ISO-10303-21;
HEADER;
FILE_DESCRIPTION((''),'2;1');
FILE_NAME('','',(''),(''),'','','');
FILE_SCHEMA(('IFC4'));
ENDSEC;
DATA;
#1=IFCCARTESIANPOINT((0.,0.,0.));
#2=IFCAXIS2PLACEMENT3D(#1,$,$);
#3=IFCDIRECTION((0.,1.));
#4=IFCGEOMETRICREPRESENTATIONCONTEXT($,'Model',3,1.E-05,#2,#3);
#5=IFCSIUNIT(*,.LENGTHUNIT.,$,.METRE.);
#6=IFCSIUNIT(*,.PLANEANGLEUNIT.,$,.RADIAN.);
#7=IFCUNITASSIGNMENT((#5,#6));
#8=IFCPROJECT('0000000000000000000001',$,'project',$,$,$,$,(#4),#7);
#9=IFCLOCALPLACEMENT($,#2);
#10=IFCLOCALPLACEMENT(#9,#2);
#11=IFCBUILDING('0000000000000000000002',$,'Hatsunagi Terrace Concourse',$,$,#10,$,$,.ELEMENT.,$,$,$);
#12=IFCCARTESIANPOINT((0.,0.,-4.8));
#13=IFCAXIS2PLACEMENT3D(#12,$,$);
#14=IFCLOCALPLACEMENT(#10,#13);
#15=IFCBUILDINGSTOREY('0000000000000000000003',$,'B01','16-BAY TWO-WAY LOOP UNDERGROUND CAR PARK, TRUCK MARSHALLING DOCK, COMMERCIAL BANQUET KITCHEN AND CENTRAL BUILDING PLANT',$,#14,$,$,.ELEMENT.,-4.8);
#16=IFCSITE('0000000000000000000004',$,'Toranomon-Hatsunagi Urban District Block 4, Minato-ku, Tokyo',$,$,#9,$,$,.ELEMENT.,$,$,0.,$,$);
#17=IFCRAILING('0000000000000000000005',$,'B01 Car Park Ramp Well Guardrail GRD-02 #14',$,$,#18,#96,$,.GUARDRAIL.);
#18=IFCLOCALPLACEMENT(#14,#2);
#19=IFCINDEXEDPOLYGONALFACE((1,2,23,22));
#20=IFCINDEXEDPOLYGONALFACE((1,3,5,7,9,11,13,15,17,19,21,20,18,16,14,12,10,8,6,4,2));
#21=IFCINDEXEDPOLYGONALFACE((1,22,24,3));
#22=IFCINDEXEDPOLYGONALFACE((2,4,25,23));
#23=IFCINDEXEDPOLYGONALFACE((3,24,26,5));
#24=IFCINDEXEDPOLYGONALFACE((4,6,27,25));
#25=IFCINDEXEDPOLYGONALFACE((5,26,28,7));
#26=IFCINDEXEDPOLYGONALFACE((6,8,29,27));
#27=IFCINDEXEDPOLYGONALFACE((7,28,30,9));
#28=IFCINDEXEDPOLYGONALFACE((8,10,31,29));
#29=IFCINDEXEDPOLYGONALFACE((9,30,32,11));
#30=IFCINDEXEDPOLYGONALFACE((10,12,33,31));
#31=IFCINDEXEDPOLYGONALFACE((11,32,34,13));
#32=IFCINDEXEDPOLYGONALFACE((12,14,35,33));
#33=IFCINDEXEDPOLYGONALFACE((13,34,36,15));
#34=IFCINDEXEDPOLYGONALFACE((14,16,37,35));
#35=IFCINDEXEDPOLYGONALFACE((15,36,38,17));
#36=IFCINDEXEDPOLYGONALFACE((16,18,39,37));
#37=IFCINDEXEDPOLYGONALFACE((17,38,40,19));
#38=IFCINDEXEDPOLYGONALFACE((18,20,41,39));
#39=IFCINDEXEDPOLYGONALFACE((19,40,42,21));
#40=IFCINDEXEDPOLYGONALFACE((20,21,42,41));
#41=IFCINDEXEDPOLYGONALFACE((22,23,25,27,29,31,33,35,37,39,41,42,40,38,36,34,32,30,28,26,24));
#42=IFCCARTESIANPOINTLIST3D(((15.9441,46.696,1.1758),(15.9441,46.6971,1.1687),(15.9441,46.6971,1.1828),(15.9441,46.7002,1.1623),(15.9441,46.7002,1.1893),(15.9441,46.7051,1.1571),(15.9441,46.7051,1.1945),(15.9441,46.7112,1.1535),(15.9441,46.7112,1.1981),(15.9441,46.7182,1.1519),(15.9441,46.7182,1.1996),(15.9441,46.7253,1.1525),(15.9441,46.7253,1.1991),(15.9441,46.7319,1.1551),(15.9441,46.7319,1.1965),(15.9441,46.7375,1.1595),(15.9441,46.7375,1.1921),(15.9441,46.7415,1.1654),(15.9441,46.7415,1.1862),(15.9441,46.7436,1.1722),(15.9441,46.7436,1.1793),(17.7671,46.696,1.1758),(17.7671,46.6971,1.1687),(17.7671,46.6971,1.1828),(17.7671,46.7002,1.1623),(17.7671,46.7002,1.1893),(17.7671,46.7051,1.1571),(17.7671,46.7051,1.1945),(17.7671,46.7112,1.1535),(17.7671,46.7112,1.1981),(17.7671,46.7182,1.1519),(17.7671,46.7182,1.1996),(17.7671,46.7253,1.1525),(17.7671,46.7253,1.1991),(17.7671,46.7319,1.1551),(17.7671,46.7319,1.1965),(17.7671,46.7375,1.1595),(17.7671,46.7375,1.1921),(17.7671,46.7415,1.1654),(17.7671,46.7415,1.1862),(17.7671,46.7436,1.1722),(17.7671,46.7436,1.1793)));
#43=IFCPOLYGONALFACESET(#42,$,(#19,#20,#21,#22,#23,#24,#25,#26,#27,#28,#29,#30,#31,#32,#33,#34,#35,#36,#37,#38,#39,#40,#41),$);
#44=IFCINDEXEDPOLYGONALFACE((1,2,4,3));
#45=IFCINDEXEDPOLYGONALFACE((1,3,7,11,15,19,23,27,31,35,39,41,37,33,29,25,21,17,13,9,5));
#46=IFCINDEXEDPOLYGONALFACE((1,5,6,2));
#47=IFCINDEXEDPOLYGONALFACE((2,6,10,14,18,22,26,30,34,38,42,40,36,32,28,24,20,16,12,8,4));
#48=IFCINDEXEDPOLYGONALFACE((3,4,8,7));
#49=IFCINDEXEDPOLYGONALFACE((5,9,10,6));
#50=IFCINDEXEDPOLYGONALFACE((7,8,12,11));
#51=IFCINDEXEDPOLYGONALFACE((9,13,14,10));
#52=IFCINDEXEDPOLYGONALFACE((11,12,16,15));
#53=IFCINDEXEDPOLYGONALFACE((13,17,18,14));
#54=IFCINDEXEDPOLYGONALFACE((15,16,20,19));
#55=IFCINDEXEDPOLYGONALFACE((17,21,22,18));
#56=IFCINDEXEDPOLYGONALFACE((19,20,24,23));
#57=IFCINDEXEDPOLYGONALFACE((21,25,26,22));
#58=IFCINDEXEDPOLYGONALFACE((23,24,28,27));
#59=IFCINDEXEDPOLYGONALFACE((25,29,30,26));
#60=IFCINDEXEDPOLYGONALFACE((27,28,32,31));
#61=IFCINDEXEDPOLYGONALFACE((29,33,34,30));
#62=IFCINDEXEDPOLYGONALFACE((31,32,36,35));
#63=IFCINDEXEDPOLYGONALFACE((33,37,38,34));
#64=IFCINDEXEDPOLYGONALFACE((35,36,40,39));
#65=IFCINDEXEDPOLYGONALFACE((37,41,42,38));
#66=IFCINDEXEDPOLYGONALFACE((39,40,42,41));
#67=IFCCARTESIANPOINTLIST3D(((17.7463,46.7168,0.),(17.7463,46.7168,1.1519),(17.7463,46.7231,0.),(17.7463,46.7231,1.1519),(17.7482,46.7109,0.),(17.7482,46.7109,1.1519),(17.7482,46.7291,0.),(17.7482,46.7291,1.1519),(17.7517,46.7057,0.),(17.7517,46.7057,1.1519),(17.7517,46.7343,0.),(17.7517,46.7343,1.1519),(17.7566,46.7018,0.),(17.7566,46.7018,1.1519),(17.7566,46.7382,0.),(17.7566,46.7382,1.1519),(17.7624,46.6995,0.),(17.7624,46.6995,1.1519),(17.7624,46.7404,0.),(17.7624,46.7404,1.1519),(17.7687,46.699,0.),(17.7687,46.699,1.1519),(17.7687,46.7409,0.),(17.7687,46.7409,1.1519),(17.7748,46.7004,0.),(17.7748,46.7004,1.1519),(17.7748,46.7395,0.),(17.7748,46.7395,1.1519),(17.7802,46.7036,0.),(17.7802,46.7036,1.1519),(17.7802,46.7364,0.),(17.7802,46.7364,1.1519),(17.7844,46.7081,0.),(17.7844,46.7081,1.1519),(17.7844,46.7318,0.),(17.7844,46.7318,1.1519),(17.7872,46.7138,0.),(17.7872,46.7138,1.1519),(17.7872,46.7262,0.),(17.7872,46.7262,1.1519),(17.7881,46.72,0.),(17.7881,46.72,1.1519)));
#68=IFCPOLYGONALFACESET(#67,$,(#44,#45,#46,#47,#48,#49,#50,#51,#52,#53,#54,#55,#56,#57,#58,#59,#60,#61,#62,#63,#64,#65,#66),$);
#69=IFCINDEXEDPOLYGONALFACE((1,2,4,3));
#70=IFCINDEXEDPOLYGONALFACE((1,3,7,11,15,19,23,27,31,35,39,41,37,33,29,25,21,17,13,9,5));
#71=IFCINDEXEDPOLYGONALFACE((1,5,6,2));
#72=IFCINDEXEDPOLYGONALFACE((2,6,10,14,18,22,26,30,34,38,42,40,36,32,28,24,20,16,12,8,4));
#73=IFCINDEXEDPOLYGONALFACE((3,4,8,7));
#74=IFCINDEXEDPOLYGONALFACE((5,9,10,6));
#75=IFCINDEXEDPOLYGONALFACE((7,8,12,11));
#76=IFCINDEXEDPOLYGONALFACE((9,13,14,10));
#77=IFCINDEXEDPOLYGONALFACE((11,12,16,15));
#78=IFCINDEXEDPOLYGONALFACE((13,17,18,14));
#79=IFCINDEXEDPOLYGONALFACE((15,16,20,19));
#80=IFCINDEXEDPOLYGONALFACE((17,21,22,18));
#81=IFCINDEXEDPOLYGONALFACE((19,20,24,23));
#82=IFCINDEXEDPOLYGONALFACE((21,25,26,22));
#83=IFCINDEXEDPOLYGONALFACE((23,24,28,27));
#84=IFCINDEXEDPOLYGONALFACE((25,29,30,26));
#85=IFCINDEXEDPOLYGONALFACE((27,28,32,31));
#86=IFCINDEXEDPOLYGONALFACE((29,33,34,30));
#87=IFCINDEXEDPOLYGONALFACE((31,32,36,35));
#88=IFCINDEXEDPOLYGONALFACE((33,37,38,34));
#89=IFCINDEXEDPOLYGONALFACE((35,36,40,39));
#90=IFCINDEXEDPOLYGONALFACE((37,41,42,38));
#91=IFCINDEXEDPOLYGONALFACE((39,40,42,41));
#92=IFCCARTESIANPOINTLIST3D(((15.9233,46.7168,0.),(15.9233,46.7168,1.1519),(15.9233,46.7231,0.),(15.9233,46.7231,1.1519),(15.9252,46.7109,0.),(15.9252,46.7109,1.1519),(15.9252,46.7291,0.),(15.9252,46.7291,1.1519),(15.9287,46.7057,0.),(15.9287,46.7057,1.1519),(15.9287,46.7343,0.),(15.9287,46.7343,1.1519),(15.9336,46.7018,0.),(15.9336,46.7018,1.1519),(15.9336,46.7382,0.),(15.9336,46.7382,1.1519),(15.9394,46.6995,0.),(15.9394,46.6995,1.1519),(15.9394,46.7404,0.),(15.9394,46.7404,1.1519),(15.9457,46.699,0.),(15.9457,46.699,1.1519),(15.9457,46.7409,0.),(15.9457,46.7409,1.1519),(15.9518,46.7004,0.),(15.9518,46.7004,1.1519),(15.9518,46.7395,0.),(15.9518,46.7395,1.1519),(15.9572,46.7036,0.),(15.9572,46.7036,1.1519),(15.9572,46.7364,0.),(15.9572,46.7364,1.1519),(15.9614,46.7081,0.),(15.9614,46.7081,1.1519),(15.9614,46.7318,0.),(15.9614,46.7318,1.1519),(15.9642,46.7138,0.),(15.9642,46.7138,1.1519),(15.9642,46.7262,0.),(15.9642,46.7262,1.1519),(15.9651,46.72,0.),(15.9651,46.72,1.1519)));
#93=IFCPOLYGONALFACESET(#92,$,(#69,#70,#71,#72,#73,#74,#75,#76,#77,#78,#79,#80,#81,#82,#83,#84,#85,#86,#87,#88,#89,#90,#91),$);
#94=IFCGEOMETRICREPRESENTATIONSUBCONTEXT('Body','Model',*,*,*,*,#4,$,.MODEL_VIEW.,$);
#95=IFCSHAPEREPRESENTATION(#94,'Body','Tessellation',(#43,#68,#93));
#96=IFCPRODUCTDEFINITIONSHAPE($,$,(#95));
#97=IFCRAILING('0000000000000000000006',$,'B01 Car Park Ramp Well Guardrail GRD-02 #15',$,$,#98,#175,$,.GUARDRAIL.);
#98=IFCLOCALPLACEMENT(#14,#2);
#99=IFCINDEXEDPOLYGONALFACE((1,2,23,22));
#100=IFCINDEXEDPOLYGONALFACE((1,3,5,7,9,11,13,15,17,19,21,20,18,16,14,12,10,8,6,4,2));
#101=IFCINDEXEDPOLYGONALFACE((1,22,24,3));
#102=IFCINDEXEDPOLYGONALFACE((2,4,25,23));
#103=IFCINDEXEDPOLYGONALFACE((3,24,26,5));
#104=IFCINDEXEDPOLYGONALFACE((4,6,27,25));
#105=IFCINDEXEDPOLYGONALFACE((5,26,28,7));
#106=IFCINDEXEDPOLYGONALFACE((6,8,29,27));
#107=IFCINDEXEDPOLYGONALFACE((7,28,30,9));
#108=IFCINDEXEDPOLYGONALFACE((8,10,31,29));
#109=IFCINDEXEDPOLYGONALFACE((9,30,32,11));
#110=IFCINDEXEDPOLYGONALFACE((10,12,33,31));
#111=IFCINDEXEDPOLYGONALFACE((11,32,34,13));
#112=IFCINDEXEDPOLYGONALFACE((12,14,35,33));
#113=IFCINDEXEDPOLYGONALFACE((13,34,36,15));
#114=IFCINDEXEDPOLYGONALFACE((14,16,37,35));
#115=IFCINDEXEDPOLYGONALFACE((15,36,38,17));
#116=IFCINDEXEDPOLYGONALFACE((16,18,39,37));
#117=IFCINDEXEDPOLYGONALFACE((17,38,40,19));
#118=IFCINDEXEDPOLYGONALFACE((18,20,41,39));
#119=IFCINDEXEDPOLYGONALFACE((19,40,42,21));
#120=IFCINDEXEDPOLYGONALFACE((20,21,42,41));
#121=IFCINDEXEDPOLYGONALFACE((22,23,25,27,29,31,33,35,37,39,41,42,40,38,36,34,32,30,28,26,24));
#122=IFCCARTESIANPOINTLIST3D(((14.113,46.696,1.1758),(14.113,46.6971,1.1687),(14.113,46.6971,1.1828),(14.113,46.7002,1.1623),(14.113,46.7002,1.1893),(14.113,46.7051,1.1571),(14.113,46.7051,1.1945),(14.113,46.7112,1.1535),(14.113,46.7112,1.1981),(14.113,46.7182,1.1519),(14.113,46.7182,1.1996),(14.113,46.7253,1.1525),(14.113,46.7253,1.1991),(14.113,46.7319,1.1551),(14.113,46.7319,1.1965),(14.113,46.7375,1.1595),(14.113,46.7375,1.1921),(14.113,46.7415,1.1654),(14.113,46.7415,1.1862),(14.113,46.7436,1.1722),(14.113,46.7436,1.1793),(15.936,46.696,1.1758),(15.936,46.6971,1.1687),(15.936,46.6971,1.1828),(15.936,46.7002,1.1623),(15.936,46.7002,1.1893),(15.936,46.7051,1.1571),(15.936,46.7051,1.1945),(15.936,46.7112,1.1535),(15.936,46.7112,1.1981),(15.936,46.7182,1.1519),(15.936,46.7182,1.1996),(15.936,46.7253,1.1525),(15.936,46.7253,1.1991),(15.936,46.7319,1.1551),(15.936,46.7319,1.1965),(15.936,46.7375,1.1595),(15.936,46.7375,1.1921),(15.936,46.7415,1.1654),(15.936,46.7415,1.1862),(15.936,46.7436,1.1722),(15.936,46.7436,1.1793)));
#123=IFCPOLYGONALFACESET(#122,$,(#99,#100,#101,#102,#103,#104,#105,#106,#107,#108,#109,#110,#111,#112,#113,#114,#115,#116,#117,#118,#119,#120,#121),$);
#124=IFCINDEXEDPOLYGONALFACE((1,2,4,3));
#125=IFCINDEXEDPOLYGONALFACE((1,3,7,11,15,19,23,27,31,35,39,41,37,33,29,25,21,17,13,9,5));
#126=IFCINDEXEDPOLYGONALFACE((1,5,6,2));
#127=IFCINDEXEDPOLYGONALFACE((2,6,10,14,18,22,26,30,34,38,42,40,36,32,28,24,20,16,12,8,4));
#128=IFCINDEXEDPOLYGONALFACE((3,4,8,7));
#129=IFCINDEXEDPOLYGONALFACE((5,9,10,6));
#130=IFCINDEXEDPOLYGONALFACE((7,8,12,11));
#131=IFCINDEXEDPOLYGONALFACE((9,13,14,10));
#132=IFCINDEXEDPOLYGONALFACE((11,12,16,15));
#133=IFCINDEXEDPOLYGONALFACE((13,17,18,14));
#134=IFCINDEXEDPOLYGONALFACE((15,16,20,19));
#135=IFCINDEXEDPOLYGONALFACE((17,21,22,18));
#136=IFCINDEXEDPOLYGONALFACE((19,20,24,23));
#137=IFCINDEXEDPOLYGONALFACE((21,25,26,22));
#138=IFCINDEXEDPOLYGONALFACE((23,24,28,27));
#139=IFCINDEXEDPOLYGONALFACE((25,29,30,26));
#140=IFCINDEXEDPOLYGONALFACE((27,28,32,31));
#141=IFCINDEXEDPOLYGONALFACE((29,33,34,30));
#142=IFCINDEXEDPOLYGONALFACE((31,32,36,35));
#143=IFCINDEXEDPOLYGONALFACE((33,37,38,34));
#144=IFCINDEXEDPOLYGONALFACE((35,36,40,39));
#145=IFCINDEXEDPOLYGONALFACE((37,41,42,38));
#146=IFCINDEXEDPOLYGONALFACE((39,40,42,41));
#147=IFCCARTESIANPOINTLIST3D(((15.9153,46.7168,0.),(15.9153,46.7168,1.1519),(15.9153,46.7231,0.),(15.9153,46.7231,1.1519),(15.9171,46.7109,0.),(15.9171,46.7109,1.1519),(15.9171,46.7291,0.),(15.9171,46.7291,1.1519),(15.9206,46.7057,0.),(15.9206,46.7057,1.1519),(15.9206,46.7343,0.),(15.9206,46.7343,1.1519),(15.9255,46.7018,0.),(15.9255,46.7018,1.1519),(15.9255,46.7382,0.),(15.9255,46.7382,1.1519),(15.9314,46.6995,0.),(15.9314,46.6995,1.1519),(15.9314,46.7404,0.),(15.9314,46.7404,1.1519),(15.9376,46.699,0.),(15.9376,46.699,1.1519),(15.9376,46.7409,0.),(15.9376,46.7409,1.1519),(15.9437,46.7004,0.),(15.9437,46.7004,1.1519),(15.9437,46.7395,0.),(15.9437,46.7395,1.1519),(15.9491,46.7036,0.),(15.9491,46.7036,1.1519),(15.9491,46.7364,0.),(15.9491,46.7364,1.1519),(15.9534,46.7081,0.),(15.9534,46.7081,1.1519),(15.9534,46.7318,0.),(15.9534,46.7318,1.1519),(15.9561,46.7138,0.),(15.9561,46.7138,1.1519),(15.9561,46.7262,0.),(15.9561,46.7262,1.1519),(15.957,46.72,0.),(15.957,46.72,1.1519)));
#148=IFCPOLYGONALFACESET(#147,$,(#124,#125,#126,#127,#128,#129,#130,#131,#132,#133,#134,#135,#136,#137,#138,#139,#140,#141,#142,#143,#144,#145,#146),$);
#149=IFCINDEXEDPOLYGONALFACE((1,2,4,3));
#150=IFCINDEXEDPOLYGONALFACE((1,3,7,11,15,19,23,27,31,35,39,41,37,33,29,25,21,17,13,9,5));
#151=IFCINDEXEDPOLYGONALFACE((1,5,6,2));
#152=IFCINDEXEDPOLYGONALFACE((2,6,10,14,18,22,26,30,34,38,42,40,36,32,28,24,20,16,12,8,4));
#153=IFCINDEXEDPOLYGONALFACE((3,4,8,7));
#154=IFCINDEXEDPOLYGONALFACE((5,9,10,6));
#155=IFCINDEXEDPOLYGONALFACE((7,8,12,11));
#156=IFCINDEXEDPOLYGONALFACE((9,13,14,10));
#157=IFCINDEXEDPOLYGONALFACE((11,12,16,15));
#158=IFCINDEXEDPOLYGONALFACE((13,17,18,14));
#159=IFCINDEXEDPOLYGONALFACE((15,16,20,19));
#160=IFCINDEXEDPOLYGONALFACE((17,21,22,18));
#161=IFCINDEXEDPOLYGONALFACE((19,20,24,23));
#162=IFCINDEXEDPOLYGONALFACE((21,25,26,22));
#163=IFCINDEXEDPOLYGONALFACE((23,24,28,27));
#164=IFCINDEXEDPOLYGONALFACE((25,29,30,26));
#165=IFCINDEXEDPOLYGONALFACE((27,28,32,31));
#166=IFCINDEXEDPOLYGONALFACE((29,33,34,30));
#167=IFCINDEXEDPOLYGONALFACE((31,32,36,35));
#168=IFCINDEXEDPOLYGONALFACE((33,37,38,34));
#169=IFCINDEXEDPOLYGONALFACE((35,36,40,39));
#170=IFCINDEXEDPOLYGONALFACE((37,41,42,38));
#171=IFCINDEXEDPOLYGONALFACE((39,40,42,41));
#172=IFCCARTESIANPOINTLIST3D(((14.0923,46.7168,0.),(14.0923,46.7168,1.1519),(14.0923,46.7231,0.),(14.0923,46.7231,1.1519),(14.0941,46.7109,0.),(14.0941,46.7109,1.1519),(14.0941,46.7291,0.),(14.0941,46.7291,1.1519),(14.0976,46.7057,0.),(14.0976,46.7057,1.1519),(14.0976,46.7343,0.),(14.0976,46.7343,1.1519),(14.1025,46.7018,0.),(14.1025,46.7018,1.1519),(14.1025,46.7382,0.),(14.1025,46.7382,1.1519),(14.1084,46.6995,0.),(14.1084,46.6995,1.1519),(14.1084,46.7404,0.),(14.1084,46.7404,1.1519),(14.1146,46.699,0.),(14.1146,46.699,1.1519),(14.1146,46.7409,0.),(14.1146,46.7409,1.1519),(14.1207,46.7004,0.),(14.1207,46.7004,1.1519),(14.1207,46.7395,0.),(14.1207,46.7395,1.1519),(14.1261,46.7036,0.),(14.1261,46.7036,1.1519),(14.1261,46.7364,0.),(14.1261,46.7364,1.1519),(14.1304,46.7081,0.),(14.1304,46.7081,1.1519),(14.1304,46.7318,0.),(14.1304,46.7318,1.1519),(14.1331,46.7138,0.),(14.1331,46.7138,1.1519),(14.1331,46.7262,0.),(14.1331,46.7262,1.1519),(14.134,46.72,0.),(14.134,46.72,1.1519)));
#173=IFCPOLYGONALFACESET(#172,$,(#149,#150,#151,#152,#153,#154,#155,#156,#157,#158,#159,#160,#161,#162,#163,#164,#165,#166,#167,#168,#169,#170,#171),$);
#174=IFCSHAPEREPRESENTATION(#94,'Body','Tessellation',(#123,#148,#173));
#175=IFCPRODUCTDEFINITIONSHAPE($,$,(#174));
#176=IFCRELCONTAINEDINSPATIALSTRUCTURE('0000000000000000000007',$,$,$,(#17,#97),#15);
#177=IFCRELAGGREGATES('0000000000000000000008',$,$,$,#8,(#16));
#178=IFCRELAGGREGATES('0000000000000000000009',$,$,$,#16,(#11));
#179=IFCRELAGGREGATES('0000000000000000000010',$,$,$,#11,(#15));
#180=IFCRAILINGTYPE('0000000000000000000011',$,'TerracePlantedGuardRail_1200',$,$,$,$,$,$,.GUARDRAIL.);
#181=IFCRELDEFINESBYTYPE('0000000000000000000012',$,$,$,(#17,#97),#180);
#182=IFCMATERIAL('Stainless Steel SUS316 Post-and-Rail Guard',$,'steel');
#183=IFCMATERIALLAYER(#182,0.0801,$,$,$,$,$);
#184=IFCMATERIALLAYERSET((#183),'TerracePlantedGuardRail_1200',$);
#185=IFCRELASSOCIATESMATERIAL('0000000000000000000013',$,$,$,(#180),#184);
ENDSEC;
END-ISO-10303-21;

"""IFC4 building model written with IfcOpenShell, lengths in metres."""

from ifc_helpers import new_model, si_unit, direction, frame, origin, origin_2d, place, context, subcontext, project, spatial, circle, extrude, material, layer, layer_set, type_object, element, save


model = new_model("IFC4")

# Units and contexts
model_context = context("Model", 3, precision=1e-05, world=origin(), true_north=direction((0.0, 1.0)))
body_context = subcontext(model_context, "Body", "Model", "MODEL_VIEW")
ifc_project = project(units=[si_unit("LENGTHUNIT", "METRE"), si_unit("PLANEANGLEUNIT", "RADIAN")], contexts=[model_context])

# Site, building, storey
site_placement = place(None, origin())
site = spatial("IfcSite", under=ifc_project, at=site_placement, Name="Toranomon-Hatsunagi Urban District Block 4, Minato-ku, Tokyo", CompositionType="ELEMENT", RefElevation=0.0)
building_placement = place(site_placement, origin())
building = spatial("IfcBuilding", under=site, at=building_placement, Name="Hatsunagi Terrace Concourse", CompositionType="ELEMENT")
storey_placement = place(building_placement, frame((0.0, 0.0, -4.8)))
storey = spatial("IfcBuildingStorey", under=building, at=storey_placement, Name="B01", Description="16-BAY TWO-WAY LOOP UNDERGROUND CAR PARK, TRUCK MARSHALLING DOCK, COMMERCIAL BANQUET KITCHEN AND CENTRAL BUILDING PLANT", CompositionType="ELEMENT", Elevation=-4.8)

# Railings
ifc_material_1 = material(Name="Stainless Steel SUS316 Post-and-Rail Guard", Category="steel")
ifc_layer_1 = layer(ifc_material_1, 0.0801)
ifc_layer_set_1 = layer_set([ifc_layer_1], Name="TerracePlantedGuardRail_1200")
railing_type = type_object("IfcRailingType", Name="TerracePlantedGuardRail_1200", PredefinedType="GUARDRAIL", material=ifc_layer_set_1)
for number, where, name in (
    (1, (17.7671, 46.72, 0.0), "B01 Car Park Ramp Well Guardrail GRD-02 #14"),
    (2, (15.936, 46.72, 0.0), "B01 Car Park Ramp Well Guardrail GRD-02 #15"),
):
    element("IfcRailing", number, at=place(storey_placement, frame(where)), inside=storey, type_object=railing_type, Name=name, PredefinedType="GUARDRAIL", context=body_context, shape_type="SweptSolid", body=[
        extrude(circle(Radius=0.0239, at=origin_2d()), frame((0.0, 0.0, 1.1758), z_axis=(-1.0, 0.0, 0.0), x_axis=(0.0, -1.0, 0.0)), (0.0, 0.0, 1.0), 1.823),
        extrude(circle(Radius=0.021, at=origin_2d()), origin(), (0.0, 0.0, 1.0), 1.1519),
        extrude(circle(Radius=0.021, at=origin_2d()), frame((-1.823, 0.0, 0.0)), (0.0, 0.0, 1.0), 1.1519),
    ])

save(model, "model.ifc")
